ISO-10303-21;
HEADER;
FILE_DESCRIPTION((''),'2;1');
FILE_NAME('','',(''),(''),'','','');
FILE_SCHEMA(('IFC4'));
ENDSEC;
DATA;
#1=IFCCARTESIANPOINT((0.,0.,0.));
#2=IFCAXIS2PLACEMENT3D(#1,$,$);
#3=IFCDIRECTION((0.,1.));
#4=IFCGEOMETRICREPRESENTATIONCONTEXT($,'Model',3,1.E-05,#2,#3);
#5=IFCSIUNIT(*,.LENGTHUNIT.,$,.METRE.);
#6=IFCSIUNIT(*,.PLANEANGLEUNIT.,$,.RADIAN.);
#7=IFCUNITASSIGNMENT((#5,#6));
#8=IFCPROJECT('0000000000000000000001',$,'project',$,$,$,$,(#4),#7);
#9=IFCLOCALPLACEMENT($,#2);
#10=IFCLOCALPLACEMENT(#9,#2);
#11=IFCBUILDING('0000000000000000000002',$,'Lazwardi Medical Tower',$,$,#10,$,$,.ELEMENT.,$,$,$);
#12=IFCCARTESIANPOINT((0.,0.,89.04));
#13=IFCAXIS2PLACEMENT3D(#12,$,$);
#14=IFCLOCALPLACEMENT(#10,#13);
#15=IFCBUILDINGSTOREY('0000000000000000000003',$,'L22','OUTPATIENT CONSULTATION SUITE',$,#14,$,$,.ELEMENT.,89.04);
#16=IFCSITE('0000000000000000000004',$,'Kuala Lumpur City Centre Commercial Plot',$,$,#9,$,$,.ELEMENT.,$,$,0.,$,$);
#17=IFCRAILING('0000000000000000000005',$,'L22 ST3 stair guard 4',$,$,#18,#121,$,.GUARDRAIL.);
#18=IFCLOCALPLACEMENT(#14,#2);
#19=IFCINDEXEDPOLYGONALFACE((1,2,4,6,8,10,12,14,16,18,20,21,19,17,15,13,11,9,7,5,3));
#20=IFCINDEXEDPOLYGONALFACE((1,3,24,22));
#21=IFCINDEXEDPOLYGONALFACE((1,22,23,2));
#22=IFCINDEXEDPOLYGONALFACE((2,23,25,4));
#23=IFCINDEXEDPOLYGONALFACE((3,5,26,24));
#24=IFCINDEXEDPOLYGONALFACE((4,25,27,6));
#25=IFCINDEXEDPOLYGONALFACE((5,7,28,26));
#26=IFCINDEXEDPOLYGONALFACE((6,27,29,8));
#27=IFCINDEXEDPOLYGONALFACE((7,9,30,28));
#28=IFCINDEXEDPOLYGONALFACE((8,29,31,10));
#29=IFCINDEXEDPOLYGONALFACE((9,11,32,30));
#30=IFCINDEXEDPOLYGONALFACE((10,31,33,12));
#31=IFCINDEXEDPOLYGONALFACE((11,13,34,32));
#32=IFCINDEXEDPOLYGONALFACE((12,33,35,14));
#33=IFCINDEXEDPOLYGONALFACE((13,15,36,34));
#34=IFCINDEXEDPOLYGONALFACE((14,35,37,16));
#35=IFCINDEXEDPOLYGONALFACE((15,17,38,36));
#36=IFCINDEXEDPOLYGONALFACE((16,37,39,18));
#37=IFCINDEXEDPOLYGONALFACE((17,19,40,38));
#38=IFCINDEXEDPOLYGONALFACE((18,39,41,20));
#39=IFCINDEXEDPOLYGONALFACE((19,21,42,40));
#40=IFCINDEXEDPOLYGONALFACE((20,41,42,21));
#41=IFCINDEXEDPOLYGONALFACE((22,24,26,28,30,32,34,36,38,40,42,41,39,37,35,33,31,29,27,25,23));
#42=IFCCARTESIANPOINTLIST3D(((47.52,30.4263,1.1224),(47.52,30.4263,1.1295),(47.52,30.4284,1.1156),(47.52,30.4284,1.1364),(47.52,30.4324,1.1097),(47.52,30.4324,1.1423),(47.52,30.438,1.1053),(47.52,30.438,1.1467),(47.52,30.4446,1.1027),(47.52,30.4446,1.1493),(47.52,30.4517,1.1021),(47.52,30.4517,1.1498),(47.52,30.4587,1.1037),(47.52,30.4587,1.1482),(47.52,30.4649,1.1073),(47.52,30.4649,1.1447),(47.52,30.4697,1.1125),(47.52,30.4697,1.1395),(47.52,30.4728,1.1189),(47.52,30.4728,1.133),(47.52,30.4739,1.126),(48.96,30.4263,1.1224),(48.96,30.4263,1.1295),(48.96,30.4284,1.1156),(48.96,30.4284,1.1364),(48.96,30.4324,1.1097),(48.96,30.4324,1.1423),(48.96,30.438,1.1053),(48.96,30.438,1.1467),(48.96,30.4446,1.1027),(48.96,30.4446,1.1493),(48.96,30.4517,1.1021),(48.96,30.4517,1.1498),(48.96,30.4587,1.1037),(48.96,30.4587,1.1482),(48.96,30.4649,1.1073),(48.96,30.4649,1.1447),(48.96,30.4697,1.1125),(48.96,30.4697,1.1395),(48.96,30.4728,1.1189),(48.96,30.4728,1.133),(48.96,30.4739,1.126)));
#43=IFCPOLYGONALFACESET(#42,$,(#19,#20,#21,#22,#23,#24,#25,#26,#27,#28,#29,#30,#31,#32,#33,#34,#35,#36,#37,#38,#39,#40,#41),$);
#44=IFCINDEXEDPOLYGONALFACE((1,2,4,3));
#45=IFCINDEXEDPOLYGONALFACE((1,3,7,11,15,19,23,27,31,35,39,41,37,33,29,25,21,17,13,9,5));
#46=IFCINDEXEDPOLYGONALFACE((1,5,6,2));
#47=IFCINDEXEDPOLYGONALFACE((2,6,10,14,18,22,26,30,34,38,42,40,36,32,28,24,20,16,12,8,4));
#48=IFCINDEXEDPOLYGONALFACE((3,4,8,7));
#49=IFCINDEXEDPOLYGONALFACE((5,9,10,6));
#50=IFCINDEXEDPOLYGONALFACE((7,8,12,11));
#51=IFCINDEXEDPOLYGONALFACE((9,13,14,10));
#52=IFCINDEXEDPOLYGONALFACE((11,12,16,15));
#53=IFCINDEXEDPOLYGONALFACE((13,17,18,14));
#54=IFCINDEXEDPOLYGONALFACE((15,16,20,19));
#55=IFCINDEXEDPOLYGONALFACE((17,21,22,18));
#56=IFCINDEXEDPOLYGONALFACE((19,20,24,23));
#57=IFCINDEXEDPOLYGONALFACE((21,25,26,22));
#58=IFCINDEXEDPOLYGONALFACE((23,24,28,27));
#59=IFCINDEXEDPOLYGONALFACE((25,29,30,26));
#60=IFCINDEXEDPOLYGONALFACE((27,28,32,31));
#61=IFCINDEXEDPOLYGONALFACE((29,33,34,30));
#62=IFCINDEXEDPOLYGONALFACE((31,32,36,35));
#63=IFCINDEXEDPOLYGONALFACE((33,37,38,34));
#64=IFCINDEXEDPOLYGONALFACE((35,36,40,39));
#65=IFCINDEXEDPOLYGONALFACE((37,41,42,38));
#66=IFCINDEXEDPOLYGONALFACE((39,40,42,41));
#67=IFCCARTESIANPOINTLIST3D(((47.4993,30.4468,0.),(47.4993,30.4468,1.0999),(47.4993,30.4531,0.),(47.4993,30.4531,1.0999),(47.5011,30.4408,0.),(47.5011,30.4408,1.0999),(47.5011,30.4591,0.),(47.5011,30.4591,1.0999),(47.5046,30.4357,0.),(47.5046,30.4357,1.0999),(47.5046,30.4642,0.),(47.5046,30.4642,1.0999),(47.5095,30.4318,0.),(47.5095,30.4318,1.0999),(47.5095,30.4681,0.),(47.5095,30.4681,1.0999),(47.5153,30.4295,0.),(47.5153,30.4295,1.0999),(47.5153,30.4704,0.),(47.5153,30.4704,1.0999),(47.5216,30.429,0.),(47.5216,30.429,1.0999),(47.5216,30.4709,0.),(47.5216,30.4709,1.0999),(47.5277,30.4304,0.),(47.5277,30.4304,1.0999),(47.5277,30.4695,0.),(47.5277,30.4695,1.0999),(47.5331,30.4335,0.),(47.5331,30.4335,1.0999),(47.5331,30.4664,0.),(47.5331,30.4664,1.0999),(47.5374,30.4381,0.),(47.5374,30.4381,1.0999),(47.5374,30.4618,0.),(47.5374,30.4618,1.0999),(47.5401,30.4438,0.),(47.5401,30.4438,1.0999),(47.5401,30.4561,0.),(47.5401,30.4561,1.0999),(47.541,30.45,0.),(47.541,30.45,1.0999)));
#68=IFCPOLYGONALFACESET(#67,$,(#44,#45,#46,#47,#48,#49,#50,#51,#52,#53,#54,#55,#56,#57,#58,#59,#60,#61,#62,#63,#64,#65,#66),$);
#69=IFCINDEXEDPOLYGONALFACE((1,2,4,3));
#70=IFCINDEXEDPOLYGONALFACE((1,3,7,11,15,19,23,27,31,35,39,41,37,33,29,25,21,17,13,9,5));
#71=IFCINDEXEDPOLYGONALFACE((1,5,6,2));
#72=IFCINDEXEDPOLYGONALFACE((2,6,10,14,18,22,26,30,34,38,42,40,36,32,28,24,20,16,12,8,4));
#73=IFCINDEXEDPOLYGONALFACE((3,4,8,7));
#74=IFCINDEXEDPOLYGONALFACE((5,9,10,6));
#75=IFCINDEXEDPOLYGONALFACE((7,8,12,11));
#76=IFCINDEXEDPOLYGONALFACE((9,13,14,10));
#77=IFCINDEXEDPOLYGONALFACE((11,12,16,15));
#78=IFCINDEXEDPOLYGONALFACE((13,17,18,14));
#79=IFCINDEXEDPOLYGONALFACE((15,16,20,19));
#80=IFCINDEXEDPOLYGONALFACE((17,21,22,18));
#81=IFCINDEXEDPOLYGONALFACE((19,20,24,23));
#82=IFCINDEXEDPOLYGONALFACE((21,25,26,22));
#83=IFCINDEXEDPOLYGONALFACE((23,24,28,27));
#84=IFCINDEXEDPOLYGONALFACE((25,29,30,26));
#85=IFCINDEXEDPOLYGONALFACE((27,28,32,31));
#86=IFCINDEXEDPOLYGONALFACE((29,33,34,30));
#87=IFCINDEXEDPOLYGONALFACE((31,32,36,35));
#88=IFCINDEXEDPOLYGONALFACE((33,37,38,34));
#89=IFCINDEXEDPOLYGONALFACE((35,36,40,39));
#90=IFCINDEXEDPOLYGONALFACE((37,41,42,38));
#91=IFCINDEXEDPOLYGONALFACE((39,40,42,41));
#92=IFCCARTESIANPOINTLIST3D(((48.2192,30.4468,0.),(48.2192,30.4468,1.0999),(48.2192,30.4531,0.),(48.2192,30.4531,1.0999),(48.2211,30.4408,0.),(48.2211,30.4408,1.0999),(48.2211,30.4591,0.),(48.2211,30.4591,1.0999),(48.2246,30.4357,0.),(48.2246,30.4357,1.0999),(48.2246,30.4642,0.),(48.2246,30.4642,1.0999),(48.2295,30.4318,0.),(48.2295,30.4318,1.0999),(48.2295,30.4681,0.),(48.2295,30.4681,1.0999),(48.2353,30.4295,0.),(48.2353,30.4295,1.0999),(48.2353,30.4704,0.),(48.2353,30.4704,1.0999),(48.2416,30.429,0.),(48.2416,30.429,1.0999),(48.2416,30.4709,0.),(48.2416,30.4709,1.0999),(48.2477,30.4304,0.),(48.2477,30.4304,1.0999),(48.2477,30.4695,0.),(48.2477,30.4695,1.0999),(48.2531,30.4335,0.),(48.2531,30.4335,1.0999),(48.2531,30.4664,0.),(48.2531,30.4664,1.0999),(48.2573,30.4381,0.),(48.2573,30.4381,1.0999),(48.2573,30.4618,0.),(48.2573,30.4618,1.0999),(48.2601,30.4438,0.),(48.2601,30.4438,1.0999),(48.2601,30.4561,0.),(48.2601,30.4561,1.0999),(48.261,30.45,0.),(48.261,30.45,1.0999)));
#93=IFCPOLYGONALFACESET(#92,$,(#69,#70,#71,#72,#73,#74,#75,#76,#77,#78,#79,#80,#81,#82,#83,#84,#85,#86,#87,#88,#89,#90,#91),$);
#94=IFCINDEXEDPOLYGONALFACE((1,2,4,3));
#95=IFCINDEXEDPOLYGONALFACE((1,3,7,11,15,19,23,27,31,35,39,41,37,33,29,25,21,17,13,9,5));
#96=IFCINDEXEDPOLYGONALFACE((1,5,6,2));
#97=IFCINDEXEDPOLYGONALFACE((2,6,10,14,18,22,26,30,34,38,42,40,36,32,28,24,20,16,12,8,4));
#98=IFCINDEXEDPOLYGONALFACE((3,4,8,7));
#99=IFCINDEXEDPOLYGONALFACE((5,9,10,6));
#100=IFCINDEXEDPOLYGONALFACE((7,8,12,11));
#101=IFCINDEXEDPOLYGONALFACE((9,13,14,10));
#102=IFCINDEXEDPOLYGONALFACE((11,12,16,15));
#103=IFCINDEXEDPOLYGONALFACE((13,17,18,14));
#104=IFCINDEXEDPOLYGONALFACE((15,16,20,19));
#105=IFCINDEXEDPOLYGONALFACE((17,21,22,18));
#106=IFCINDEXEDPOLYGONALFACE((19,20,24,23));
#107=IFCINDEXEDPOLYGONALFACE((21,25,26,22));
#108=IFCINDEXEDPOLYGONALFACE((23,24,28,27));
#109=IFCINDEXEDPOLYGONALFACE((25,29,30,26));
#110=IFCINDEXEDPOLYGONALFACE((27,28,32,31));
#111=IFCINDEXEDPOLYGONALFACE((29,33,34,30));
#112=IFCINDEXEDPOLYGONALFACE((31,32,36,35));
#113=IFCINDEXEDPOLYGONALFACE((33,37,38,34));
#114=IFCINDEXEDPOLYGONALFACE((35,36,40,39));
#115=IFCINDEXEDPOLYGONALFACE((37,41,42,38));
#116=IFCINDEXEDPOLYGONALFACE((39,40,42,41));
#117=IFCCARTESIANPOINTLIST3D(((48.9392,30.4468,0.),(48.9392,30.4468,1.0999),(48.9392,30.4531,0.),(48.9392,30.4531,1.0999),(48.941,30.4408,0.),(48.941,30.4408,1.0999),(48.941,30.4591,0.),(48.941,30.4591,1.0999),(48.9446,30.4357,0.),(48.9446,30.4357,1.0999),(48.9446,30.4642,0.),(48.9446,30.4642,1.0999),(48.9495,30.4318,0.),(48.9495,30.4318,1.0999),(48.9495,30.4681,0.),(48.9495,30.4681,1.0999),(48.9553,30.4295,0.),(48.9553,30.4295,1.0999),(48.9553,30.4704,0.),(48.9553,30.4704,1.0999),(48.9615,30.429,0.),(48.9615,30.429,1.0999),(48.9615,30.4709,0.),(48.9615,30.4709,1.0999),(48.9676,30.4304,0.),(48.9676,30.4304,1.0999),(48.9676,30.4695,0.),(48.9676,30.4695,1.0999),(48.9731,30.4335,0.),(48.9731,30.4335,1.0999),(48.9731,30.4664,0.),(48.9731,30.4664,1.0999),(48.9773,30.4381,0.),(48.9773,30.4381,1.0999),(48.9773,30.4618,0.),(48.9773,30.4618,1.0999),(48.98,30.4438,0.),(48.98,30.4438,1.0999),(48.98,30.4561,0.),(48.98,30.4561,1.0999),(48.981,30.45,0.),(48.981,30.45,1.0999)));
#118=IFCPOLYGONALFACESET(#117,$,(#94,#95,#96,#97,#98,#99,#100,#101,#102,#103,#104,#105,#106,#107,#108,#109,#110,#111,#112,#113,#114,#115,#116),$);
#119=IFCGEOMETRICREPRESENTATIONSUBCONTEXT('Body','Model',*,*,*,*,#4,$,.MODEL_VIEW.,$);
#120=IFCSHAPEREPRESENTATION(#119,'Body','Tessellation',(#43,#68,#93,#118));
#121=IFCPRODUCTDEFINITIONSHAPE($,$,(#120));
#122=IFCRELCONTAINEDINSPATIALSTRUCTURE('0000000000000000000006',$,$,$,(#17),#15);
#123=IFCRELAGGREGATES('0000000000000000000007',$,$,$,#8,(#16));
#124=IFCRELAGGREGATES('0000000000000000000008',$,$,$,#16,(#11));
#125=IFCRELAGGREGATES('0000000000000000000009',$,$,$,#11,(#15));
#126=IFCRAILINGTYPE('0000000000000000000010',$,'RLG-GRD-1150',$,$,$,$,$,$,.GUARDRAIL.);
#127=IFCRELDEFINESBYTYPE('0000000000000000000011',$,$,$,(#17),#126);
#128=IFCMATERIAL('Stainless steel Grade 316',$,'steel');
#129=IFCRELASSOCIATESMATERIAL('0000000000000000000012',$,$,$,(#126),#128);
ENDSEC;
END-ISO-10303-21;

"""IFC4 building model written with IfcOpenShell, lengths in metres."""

from ifc_helpers import new_model, si_unit, direction, frame, origin, origin_2d, place, context, subcontext, project, spatial, circle, extrude, material, type_object, element, save


model = new_model("IFC4")

# Units and contexts
model_context = context("Model", 3, precision=1e-05, world=origin(), true_north=direction((0.0, 1.0)))
body_context = subcontext(model_context, "Body", "Model", "MODEL_VIEW")
ifc_project = project(units=[si_unit("LENGTHUNIT", "METRE"), si_unit("PLANEANGLEUNIT", "RADIAN")], contexts=[model_context])

# Site, building, storey
site_placement = place(None, origin())
site = spatial("IfcSite", under=ifc_project, at=site_placement, Name="Kuala Lumpur City Centre Commercial Plot", CompositionType="ELEMENT", RefElevation=0.0)
building_placement = place(site_placement, origin())
building = spatial("IfcBuilding", under=site, at=building_placement, Name="Lazwardi Medical Tower", CompositionType="ELEMENT")
storey_placement = place(building_placement, frame((0.0, 0.0, 89.04)))
storey = spatial("IfcBuildingStorey", under=building, at=storey_placement, Name="L22", Description="OUTPATIENT CONSULTATION SUITE", CompositionType="ELEMENT", Elevation=89.04)

# Railing
ifc_material_1 = material(Name="Stainless steel Grade 316", Category="steel")
railing_type_1 = type_object("IfcRailingType", Name="RLG-GRD-1150", PredefinedType="GUARDRAIL", material=ifc_material_1)
railing_1_placement = place(storey_placement, frame((47.52, 30.45, 0.0)))
element("IfcRailing", 1, at=railing_1_placement, inside=storey, type_object=railing_type_1, Name="L22 ST3 stair guard 4", PredefinedType="GUARDRAIL", context=body_context, shape_type="SweptSolid", body=[
    extrude(circle(Radius=0.0239, at=origin_2d()), frame((0.0, 0.0, 1.126), z_axis=(1.0, 0.0, 0.0), x_axis=(0.0, 1.0, 0.0)), (0.0, 0.0, 1.0), 1.4399),
    extrude(circle(Radius=0.021, at=origin_2d()), origin(), (0.0, 0.0, 1.0), 1.0999),
    extrude(circle(Radius=0.021, at=origin_2d()), frame((0.72, 0.0, 0.0)), (0.0, 0.0, 1.0), 1.0999),
    extrude(circle(Radius=0.021, at=origin_2d()), frame((1.4399, 0.0, 0.0)), (0.0, 0.0, 1.0), 1.0999),
])

save(model, "model.ifc")
